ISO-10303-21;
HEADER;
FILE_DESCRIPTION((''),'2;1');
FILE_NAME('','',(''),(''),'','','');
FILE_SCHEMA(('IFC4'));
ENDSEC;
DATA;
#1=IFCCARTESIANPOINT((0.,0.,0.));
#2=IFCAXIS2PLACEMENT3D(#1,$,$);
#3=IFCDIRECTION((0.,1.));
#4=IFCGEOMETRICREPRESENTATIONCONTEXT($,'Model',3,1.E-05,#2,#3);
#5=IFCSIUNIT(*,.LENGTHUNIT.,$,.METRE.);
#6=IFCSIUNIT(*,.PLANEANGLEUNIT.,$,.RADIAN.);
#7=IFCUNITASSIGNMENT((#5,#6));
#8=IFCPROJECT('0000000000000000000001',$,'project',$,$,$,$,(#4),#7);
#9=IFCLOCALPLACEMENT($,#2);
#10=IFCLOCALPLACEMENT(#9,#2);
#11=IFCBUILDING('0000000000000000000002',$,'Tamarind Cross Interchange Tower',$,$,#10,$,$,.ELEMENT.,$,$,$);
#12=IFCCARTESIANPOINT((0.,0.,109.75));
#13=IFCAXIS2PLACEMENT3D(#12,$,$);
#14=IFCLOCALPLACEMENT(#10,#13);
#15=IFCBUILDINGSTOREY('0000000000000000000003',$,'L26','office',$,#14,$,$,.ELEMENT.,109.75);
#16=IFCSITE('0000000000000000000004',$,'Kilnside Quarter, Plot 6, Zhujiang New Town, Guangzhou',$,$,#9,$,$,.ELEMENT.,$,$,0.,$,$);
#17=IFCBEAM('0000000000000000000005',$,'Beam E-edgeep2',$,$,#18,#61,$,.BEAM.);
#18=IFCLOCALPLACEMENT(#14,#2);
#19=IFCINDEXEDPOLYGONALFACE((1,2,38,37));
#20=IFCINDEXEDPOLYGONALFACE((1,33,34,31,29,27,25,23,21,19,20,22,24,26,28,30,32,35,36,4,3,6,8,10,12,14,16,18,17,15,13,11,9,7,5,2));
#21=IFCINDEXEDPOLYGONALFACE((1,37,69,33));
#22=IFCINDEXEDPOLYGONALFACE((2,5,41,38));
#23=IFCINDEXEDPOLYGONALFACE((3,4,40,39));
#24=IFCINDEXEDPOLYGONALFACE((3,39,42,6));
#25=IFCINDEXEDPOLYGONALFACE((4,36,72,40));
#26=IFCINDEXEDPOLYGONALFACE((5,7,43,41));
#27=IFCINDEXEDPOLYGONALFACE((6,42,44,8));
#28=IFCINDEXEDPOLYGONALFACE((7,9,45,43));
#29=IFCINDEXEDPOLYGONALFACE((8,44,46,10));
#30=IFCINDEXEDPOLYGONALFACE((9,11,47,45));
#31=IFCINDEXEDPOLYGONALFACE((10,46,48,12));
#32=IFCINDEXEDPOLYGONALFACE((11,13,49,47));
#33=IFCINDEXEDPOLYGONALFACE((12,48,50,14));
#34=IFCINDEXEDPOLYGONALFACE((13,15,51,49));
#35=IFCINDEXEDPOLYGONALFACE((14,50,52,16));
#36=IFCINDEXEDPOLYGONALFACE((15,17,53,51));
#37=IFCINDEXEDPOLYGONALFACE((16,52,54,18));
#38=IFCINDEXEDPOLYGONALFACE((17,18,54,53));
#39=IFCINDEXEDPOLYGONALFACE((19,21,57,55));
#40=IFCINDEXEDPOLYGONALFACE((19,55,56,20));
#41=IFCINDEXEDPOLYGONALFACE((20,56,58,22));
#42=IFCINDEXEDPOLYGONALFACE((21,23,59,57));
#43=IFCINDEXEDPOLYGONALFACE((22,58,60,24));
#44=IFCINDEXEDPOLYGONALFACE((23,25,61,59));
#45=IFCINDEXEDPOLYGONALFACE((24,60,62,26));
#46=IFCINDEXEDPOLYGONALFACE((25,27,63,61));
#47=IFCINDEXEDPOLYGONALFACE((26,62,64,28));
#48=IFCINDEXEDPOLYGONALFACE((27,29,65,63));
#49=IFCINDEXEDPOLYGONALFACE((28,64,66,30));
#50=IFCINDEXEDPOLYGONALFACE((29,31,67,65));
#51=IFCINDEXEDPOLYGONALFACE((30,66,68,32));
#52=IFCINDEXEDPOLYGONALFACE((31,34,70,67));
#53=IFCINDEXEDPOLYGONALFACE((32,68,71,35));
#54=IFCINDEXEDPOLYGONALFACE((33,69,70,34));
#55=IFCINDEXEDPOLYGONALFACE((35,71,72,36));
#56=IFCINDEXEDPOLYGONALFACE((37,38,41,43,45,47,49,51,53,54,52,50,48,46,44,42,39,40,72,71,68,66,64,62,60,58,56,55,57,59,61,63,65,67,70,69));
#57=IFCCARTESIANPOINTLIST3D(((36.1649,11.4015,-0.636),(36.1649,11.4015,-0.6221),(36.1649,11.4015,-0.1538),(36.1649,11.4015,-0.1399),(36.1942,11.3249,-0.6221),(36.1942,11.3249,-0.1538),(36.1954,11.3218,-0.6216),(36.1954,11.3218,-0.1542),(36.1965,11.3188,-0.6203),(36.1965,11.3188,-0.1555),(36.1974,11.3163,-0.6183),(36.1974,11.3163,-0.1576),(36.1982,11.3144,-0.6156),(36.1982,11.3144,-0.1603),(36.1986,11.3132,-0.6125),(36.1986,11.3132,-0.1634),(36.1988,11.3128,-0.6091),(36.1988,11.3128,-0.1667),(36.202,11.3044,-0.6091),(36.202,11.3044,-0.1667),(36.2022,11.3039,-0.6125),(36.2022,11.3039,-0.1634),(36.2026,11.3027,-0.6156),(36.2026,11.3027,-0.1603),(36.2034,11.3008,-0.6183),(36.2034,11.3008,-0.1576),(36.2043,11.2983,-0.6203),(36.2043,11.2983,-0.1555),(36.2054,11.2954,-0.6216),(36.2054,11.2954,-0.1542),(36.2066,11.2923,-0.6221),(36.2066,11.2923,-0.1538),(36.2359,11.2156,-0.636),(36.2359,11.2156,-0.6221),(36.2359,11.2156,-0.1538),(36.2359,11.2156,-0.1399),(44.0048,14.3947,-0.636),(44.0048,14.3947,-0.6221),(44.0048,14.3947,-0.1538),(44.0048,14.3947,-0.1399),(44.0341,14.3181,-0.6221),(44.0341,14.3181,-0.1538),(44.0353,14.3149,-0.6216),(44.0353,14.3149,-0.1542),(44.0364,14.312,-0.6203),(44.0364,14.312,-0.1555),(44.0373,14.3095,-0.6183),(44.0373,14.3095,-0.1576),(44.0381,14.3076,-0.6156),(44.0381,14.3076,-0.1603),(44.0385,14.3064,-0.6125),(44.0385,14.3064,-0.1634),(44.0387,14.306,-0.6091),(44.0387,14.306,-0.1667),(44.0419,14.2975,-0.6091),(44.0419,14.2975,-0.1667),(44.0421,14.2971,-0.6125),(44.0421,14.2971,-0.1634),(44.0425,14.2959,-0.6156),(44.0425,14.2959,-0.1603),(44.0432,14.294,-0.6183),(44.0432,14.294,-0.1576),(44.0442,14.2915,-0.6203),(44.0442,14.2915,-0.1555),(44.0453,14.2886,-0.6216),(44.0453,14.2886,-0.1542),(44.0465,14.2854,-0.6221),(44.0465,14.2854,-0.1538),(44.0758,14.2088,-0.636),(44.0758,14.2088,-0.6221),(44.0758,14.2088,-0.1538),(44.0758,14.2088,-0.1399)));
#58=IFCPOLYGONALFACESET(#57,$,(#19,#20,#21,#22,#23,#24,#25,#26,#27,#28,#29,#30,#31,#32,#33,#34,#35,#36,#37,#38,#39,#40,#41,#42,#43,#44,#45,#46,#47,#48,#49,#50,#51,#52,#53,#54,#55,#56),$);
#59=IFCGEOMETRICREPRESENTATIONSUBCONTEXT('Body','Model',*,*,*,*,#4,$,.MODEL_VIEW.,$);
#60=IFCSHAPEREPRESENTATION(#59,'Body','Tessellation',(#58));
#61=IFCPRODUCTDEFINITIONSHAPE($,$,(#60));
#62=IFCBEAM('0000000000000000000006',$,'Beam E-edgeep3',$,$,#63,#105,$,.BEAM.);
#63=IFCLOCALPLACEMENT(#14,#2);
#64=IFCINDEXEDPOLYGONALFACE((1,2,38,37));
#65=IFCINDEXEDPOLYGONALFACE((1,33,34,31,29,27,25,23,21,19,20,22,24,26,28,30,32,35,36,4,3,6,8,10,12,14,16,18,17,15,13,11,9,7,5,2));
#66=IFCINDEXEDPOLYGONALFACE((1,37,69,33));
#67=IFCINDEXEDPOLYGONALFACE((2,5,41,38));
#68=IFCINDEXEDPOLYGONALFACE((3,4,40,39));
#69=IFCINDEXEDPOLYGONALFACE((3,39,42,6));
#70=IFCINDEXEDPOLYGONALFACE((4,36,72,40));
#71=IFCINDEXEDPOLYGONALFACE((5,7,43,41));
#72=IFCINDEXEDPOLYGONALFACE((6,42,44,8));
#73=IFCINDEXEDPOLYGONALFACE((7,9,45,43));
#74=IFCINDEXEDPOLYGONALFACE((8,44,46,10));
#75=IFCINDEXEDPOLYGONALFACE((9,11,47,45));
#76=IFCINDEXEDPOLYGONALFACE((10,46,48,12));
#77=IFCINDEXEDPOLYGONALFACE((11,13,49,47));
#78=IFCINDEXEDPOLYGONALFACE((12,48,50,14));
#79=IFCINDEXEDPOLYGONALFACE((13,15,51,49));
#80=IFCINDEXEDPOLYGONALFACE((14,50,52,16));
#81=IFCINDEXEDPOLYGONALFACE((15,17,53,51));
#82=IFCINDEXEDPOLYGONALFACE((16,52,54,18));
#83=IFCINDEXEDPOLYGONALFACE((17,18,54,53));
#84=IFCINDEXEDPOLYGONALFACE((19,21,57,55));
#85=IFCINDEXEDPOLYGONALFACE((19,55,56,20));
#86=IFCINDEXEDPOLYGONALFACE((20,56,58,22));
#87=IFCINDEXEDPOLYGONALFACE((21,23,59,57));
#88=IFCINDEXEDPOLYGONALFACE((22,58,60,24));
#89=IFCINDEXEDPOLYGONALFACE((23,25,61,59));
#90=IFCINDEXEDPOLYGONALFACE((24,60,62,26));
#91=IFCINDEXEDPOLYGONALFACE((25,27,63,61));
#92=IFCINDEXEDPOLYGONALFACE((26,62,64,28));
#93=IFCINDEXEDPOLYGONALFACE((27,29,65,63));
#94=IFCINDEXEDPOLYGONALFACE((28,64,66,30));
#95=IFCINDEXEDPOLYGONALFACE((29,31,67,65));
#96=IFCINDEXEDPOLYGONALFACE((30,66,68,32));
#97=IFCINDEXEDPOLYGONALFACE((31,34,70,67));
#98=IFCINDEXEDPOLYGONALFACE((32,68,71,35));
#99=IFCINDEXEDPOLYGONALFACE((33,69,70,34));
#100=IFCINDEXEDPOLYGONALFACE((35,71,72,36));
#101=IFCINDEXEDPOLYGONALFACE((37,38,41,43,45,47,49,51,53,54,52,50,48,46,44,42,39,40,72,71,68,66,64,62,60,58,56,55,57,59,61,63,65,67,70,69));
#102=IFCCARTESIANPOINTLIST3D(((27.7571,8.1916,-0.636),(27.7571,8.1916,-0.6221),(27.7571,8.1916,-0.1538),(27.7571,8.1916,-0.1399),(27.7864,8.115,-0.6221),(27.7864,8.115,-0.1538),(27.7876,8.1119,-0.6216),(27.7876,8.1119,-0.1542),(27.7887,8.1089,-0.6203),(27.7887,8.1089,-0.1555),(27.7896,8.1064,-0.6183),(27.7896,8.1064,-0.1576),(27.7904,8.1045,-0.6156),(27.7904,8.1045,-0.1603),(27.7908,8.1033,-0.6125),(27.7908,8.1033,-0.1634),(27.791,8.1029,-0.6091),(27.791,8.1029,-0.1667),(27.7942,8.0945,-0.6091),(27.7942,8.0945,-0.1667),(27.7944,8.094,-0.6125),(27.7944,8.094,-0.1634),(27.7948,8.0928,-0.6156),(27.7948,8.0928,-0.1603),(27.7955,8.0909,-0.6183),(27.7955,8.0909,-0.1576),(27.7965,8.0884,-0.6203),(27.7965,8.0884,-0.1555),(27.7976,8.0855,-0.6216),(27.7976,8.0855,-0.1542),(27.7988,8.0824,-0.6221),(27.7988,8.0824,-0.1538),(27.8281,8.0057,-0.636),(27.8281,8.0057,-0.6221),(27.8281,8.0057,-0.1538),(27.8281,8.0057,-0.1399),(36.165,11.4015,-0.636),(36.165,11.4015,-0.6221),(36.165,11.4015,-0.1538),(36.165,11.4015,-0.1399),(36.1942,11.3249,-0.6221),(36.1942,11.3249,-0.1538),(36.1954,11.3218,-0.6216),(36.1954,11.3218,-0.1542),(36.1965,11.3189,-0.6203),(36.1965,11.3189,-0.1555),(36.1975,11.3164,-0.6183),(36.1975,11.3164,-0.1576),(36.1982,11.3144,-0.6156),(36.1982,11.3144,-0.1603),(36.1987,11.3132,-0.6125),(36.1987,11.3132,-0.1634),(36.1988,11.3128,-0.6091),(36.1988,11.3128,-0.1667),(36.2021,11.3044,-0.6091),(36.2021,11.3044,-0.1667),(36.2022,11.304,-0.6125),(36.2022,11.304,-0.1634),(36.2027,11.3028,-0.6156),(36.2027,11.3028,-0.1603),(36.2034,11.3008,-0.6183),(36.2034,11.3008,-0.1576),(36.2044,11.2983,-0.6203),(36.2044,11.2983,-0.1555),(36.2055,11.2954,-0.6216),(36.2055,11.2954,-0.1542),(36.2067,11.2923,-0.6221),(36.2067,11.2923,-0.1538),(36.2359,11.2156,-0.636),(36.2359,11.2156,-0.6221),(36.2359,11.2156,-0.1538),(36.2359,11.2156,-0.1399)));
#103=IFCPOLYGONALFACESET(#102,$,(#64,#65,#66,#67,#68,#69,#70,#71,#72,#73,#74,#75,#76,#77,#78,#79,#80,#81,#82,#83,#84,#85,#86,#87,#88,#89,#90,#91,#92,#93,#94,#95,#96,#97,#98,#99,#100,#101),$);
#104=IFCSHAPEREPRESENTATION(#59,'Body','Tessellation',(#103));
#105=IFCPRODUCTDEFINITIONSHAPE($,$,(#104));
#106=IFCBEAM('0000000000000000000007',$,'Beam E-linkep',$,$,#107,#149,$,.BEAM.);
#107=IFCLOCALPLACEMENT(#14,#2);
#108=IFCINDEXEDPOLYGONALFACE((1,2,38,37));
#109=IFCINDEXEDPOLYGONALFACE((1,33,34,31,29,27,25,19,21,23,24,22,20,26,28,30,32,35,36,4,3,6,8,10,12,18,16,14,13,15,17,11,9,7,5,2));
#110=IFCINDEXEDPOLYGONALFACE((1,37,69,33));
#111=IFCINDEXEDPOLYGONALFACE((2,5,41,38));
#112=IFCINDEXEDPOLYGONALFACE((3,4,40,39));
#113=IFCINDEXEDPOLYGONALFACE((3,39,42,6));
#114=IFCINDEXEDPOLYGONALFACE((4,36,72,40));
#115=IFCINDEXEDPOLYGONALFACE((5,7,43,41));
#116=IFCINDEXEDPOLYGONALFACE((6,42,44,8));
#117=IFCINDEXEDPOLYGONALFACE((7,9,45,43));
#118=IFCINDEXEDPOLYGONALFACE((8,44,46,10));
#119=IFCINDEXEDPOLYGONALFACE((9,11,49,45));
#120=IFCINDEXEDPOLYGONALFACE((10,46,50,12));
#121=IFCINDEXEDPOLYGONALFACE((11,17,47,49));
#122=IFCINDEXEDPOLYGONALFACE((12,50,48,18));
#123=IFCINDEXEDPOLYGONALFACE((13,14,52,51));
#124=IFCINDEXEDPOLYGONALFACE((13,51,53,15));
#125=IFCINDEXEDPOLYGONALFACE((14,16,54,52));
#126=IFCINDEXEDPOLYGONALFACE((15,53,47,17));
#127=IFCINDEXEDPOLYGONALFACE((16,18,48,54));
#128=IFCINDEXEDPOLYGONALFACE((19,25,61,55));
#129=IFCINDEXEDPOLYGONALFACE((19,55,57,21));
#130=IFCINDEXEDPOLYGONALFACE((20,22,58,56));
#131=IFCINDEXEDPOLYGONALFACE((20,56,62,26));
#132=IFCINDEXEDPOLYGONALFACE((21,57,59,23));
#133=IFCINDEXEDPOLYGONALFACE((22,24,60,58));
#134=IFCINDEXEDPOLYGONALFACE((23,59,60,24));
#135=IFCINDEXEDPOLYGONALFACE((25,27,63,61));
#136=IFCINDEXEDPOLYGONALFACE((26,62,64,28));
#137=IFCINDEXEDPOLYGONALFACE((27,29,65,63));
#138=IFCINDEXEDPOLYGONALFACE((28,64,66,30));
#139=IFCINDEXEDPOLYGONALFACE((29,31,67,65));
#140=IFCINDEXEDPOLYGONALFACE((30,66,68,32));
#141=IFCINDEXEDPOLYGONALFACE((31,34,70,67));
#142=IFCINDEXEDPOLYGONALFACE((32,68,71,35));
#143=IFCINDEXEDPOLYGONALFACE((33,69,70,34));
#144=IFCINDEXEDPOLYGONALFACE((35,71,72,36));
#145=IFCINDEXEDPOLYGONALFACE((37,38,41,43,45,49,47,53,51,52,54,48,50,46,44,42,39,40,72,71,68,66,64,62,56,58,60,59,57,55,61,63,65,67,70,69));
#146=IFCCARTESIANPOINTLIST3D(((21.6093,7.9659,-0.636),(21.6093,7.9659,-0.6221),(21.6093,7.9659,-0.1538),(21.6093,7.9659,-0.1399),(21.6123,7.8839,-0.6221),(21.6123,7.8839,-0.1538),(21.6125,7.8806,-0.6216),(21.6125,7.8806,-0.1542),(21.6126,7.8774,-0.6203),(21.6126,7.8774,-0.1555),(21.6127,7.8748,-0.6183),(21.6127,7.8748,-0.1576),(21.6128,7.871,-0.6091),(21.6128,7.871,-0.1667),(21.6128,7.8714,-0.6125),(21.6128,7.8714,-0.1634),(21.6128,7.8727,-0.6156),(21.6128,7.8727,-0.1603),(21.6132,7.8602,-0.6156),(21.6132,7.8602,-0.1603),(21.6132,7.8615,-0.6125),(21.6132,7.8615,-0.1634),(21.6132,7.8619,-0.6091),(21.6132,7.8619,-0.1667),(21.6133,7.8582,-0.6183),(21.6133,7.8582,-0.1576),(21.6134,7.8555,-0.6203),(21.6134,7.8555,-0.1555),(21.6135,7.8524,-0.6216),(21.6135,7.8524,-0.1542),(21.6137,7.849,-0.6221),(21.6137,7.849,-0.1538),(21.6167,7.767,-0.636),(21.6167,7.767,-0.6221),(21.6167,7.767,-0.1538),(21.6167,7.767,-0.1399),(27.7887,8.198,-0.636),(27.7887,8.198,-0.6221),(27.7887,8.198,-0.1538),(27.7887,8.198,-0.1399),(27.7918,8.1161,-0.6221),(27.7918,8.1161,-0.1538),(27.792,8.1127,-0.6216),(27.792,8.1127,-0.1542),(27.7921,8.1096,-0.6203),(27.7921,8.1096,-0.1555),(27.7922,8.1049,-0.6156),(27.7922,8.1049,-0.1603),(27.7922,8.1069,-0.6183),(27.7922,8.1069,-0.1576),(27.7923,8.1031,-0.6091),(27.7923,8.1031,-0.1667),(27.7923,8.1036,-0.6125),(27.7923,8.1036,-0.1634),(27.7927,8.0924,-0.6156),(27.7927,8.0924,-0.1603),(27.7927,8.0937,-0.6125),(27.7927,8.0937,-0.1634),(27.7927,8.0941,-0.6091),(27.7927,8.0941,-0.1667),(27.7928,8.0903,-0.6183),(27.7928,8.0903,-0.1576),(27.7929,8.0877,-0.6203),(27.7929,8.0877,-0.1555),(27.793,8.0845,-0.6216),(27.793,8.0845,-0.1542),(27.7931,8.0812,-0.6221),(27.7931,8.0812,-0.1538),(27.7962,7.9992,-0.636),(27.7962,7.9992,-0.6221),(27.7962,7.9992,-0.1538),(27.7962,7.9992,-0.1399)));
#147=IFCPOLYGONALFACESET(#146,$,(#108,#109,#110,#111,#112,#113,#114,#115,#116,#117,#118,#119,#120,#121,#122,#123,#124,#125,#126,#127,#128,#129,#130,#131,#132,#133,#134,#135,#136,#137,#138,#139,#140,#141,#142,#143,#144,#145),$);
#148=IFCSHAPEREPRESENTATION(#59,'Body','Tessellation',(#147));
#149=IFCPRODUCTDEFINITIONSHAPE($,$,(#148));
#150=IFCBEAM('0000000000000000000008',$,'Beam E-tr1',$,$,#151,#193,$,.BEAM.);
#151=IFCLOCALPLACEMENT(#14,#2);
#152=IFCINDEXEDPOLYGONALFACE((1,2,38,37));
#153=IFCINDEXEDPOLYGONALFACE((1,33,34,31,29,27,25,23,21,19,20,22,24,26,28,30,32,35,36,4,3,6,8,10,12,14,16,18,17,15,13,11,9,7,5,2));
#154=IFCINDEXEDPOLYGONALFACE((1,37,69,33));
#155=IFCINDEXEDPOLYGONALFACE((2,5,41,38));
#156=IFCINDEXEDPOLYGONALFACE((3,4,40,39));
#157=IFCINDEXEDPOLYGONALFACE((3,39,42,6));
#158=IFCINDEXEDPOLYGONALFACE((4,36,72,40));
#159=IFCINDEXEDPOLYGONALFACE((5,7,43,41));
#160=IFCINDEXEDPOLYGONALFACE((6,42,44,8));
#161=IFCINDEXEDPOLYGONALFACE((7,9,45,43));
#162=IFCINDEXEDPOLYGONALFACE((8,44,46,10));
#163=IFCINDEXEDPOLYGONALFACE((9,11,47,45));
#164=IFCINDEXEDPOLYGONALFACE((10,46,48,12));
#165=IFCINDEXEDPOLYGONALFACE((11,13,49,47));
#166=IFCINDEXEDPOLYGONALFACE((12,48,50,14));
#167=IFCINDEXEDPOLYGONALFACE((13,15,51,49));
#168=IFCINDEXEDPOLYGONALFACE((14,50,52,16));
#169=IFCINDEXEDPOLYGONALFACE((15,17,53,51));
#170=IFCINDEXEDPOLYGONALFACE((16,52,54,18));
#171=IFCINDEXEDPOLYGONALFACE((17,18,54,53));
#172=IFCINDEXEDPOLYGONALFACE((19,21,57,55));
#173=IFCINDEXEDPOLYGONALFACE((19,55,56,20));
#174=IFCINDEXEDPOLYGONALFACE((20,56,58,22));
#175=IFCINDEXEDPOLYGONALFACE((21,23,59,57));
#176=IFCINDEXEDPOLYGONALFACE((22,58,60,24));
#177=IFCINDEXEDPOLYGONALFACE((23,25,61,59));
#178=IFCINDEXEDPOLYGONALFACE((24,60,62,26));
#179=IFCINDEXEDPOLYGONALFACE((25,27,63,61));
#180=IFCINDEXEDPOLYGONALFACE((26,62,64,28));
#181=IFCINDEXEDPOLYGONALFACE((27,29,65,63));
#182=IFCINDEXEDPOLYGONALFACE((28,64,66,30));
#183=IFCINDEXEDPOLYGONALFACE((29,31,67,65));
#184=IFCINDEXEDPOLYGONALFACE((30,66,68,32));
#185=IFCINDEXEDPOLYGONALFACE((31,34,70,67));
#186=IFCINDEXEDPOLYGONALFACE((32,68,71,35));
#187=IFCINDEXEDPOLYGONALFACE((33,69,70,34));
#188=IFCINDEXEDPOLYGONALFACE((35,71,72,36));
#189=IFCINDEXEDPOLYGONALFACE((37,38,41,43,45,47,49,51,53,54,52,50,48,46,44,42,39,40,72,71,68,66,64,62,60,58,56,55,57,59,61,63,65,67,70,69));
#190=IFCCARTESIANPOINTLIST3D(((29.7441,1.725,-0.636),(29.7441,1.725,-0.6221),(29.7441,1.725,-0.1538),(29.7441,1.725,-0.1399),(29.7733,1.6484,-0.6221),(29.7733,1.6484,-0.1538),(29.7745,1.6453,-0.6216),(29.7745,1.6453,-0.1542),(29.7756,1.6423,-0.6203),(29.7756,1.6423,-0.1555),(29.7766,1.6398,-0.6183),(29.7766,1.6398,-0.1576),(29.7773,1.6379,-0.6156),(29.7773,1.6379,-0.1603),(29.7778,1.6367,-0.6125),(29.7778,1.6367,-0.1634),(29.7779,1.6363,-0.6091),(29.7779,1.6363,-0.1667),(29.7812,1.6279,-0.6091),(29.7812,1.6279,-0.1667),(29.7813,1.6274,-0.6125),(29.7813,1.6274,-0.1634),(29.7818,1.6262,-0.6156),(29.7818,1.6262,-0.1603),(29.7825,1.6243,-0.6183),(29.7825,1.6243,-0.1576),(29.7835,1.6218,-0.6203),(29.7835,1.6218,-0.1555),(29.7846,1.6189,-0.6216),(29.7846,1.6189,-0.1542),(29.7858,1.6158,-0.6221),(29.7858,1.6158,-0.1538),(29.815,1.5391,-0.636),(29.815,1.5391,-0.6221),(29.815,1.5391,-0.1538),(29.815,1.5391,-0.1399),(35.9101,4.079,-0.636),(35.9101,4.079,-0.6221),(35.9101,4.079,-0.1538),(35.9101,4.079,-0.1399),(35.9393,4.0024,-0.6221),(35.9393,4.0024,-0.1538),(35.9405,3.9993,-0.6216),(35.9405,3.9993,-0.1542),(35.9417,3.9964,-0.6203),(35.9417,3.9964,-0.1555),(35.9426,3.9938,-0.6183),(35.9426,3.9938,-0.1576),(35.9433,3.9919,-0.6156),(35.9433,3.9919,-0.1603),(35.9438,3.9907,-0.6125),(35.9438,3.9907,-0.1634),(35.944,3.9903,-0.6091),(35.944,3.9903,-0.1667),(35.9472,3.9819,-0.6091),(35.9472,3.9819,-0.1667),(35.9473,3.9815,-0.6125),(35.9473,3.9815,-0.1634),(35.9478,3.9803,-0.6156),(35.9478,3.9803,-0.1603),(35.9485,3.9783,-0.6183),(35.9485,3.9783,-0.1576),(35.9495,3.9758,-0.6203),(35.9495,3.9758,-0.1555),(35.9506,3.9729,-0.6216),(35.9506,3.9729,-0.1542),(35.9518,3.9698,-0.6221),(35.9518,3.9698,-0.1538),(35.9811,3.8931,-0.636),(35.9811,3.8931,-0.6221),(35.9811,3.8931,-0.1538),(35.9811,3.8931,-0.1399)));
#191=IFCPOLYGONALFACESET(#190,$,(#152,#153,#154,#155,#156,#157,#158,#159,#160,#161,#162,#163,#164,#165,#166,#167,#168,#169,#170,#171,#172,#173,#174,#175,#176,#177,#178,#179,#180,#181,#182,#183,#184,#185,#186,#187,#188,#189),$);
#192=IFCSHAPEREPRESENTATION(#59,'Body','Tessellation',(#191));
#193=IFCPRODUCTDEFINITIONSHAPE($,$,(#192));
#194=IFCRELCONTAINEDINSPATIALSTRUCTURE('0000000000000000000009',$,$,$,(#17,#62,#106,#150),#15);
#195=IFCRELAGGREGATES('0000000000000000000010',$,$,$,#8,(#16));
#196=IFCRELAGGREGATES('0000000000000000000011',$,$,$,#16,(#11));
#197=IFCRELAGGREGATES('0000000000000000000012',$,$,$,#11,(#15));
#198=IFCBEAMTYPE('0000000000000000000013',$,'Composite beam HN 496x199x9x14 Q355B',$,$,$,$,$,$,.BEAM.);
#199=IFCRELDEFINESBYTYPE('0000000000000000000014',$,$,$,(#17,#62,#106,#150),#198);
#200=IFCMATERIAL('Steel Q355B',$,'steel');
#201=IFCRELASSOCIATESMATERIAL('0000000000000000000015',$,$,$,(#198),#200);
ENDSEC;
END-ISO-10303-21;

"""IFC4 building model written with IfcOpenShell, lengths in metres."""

from ifc_helpers import new_model, si_unit, direction, frame, origin, origin_2d, place, context, subcontext, project, spatial, i_section, extrude, material, material_profile, profile_set, type_object, element, save


model = new_model("IFC4")

# Units and contexts
model_context = context("Model", 3, precision=1e-05, world=origin(), true_north=direction((0.0, 1.0)))
body_context = subcontext(model_context, "Body", "Model", "MODEL_VIEW")
ifc_project = project(units=[si_unit("LENGTHUNIT", "METRE"), si_unit("PLANEANGLEUNIT", "RADIAN")], contexts=[model_context])

# Site, building, storey
site_placement = place(None, origin())
site = spatial("IfcSite", under=ifc_project, at=site_placement, Name="Kilnside Quarter, Plot 6, Zhujiang New Town, Guangzhou", CompositionType="ELEMENT", RefElevation=0.0)
building_placement = place(site_placement, origin())
building = spatial("IfcBuilding", under=site, at=building_placement, Name="Tamarind Cross Interchange Tower", CompositionType="ELEMENT")
storey_placement = place(building_placement, frame((0.0, 0.0, 109.75)))
storey = spatial("IfcBuildingStorey", under=building, at=storey_placement, Name="L26", Description="office", CompositionType="ELEMENT", Elevation=109.75)

# Beams
ifc_material_1 = material(Name="Steel Q355B", Category="steel")
ifc_material_profile_1 = material_profile(ifc_material_1, i_section(OverallWidth=0.199, OverallDepth=0.4961, WebThickness=0.009, FlangeThickness=0.0139, FilletRadius=0.0129, at=origin_2d()), Name="HN 496x199x9x14")
ifc_profile_set_1 = profile_set([ifc_material_profile_1], Name="Steel Q355B")
beam_type_1 = type_object("IfcBeamType", Name="Composite beam HN 496x199x9x14 Q355B", PredefinedType="BEAM", material=ifc_profile_set_1)
beam_1_placement = place(storey_placement, frame((44.0403, 14.3018, -0.3879), z_axis=(-0.934228, -0.356678, 0.0), x_axis=(0.356678, -0.934228, 0.0)))
element("IfcBeam", 1, at=beam_1_placement, inside=storey, type_object=beam_type_1, Name="Beam E-edgeep2", PredefinedType="BEAM", context=body_context, shape_type="SweptSolid", body=[
    extrude(i_section(OverallWidth=0.199, OverallDepth=0.4961, WebThickness=0.009, FlangeThickness=0.0139, FilletRadius=0.0129, at=origin_2d()), origin(), (0.0, 0.0, 1.0), 8.3918),
])
beam_2_placement = place(storey_placement, frame((36.2004, 11.3086, -0.3879), z_axis=(-0.934231, -0.356668, 0.0), x_axis=(0.356668, -0.934231, 0.0)))
element("IfcBeam", 2, at=beam_2_placement, inside=storey, type_object=beam_type_1, Name="Beam E-edgeep3", PredefinedType="BEAM", context=body_context, shape_type="SweptSolid", body=[
    extrude(i_section(OverallWidth=0.199, OverallDepth=0.4961, WebThickness=0.009, FlangeThickness=0.0139, FilletRadius=0.0129, at=origin_2d()), origin(), (0.0, 0.0, 1.0), 8.9998),
])
beam_3_placement = place(storey_placement, frame((27.7925, 8.0986, -0.3879), z_axis=(-0.999295, -0.037546, 0.0), x_axis=(0.037546, -0.999295, 0.0)))
element("IfcBeam", 3, at=beam_3_placement, inside=storey, type_object=beam_type_1, Name="Beam E-linkep", PredefinedType="BEAM", context=body_context, shape_type="SweptSolid", body=[
    extrude(i_section(OverallWidth=0.199, OverallDepth=0.4961, WebThickness=0.009, FlangeThickness=0.0139, FilletRadius=0.0129, at=origin_2d()), origin(), (0.0, 0.0, 1.0), 6.1838),
])
for number, where, z_axis, x_axis, name in (
    (4, (29.7795, 1.6321, -0.3879), (0.934233, 0.356663, 0.0), (-0.356663, 0.934233, 0.0), "Beam E-tr1"),
):
    element("IfcBeam", number, at=place(storey_placement, frame(where, z_axis=z_axis, x_axis=x_axis)), inside=storey, type_object=beam_type_1, Name=name, PredefinedType="BEAM", context=body_context, shape_type="SweptSolid", body=[
        extrude(i_section(OverallWidth=0.199, OverallDepth=0.4961, WebThickness=0.009, FlangeThickness=0.0139, FilletRadius=0.0129, at=origin_2d()), origin(), (0.0, 0.0, 1.0), 6.6001),
    ])

save(model, "model.ifc")
